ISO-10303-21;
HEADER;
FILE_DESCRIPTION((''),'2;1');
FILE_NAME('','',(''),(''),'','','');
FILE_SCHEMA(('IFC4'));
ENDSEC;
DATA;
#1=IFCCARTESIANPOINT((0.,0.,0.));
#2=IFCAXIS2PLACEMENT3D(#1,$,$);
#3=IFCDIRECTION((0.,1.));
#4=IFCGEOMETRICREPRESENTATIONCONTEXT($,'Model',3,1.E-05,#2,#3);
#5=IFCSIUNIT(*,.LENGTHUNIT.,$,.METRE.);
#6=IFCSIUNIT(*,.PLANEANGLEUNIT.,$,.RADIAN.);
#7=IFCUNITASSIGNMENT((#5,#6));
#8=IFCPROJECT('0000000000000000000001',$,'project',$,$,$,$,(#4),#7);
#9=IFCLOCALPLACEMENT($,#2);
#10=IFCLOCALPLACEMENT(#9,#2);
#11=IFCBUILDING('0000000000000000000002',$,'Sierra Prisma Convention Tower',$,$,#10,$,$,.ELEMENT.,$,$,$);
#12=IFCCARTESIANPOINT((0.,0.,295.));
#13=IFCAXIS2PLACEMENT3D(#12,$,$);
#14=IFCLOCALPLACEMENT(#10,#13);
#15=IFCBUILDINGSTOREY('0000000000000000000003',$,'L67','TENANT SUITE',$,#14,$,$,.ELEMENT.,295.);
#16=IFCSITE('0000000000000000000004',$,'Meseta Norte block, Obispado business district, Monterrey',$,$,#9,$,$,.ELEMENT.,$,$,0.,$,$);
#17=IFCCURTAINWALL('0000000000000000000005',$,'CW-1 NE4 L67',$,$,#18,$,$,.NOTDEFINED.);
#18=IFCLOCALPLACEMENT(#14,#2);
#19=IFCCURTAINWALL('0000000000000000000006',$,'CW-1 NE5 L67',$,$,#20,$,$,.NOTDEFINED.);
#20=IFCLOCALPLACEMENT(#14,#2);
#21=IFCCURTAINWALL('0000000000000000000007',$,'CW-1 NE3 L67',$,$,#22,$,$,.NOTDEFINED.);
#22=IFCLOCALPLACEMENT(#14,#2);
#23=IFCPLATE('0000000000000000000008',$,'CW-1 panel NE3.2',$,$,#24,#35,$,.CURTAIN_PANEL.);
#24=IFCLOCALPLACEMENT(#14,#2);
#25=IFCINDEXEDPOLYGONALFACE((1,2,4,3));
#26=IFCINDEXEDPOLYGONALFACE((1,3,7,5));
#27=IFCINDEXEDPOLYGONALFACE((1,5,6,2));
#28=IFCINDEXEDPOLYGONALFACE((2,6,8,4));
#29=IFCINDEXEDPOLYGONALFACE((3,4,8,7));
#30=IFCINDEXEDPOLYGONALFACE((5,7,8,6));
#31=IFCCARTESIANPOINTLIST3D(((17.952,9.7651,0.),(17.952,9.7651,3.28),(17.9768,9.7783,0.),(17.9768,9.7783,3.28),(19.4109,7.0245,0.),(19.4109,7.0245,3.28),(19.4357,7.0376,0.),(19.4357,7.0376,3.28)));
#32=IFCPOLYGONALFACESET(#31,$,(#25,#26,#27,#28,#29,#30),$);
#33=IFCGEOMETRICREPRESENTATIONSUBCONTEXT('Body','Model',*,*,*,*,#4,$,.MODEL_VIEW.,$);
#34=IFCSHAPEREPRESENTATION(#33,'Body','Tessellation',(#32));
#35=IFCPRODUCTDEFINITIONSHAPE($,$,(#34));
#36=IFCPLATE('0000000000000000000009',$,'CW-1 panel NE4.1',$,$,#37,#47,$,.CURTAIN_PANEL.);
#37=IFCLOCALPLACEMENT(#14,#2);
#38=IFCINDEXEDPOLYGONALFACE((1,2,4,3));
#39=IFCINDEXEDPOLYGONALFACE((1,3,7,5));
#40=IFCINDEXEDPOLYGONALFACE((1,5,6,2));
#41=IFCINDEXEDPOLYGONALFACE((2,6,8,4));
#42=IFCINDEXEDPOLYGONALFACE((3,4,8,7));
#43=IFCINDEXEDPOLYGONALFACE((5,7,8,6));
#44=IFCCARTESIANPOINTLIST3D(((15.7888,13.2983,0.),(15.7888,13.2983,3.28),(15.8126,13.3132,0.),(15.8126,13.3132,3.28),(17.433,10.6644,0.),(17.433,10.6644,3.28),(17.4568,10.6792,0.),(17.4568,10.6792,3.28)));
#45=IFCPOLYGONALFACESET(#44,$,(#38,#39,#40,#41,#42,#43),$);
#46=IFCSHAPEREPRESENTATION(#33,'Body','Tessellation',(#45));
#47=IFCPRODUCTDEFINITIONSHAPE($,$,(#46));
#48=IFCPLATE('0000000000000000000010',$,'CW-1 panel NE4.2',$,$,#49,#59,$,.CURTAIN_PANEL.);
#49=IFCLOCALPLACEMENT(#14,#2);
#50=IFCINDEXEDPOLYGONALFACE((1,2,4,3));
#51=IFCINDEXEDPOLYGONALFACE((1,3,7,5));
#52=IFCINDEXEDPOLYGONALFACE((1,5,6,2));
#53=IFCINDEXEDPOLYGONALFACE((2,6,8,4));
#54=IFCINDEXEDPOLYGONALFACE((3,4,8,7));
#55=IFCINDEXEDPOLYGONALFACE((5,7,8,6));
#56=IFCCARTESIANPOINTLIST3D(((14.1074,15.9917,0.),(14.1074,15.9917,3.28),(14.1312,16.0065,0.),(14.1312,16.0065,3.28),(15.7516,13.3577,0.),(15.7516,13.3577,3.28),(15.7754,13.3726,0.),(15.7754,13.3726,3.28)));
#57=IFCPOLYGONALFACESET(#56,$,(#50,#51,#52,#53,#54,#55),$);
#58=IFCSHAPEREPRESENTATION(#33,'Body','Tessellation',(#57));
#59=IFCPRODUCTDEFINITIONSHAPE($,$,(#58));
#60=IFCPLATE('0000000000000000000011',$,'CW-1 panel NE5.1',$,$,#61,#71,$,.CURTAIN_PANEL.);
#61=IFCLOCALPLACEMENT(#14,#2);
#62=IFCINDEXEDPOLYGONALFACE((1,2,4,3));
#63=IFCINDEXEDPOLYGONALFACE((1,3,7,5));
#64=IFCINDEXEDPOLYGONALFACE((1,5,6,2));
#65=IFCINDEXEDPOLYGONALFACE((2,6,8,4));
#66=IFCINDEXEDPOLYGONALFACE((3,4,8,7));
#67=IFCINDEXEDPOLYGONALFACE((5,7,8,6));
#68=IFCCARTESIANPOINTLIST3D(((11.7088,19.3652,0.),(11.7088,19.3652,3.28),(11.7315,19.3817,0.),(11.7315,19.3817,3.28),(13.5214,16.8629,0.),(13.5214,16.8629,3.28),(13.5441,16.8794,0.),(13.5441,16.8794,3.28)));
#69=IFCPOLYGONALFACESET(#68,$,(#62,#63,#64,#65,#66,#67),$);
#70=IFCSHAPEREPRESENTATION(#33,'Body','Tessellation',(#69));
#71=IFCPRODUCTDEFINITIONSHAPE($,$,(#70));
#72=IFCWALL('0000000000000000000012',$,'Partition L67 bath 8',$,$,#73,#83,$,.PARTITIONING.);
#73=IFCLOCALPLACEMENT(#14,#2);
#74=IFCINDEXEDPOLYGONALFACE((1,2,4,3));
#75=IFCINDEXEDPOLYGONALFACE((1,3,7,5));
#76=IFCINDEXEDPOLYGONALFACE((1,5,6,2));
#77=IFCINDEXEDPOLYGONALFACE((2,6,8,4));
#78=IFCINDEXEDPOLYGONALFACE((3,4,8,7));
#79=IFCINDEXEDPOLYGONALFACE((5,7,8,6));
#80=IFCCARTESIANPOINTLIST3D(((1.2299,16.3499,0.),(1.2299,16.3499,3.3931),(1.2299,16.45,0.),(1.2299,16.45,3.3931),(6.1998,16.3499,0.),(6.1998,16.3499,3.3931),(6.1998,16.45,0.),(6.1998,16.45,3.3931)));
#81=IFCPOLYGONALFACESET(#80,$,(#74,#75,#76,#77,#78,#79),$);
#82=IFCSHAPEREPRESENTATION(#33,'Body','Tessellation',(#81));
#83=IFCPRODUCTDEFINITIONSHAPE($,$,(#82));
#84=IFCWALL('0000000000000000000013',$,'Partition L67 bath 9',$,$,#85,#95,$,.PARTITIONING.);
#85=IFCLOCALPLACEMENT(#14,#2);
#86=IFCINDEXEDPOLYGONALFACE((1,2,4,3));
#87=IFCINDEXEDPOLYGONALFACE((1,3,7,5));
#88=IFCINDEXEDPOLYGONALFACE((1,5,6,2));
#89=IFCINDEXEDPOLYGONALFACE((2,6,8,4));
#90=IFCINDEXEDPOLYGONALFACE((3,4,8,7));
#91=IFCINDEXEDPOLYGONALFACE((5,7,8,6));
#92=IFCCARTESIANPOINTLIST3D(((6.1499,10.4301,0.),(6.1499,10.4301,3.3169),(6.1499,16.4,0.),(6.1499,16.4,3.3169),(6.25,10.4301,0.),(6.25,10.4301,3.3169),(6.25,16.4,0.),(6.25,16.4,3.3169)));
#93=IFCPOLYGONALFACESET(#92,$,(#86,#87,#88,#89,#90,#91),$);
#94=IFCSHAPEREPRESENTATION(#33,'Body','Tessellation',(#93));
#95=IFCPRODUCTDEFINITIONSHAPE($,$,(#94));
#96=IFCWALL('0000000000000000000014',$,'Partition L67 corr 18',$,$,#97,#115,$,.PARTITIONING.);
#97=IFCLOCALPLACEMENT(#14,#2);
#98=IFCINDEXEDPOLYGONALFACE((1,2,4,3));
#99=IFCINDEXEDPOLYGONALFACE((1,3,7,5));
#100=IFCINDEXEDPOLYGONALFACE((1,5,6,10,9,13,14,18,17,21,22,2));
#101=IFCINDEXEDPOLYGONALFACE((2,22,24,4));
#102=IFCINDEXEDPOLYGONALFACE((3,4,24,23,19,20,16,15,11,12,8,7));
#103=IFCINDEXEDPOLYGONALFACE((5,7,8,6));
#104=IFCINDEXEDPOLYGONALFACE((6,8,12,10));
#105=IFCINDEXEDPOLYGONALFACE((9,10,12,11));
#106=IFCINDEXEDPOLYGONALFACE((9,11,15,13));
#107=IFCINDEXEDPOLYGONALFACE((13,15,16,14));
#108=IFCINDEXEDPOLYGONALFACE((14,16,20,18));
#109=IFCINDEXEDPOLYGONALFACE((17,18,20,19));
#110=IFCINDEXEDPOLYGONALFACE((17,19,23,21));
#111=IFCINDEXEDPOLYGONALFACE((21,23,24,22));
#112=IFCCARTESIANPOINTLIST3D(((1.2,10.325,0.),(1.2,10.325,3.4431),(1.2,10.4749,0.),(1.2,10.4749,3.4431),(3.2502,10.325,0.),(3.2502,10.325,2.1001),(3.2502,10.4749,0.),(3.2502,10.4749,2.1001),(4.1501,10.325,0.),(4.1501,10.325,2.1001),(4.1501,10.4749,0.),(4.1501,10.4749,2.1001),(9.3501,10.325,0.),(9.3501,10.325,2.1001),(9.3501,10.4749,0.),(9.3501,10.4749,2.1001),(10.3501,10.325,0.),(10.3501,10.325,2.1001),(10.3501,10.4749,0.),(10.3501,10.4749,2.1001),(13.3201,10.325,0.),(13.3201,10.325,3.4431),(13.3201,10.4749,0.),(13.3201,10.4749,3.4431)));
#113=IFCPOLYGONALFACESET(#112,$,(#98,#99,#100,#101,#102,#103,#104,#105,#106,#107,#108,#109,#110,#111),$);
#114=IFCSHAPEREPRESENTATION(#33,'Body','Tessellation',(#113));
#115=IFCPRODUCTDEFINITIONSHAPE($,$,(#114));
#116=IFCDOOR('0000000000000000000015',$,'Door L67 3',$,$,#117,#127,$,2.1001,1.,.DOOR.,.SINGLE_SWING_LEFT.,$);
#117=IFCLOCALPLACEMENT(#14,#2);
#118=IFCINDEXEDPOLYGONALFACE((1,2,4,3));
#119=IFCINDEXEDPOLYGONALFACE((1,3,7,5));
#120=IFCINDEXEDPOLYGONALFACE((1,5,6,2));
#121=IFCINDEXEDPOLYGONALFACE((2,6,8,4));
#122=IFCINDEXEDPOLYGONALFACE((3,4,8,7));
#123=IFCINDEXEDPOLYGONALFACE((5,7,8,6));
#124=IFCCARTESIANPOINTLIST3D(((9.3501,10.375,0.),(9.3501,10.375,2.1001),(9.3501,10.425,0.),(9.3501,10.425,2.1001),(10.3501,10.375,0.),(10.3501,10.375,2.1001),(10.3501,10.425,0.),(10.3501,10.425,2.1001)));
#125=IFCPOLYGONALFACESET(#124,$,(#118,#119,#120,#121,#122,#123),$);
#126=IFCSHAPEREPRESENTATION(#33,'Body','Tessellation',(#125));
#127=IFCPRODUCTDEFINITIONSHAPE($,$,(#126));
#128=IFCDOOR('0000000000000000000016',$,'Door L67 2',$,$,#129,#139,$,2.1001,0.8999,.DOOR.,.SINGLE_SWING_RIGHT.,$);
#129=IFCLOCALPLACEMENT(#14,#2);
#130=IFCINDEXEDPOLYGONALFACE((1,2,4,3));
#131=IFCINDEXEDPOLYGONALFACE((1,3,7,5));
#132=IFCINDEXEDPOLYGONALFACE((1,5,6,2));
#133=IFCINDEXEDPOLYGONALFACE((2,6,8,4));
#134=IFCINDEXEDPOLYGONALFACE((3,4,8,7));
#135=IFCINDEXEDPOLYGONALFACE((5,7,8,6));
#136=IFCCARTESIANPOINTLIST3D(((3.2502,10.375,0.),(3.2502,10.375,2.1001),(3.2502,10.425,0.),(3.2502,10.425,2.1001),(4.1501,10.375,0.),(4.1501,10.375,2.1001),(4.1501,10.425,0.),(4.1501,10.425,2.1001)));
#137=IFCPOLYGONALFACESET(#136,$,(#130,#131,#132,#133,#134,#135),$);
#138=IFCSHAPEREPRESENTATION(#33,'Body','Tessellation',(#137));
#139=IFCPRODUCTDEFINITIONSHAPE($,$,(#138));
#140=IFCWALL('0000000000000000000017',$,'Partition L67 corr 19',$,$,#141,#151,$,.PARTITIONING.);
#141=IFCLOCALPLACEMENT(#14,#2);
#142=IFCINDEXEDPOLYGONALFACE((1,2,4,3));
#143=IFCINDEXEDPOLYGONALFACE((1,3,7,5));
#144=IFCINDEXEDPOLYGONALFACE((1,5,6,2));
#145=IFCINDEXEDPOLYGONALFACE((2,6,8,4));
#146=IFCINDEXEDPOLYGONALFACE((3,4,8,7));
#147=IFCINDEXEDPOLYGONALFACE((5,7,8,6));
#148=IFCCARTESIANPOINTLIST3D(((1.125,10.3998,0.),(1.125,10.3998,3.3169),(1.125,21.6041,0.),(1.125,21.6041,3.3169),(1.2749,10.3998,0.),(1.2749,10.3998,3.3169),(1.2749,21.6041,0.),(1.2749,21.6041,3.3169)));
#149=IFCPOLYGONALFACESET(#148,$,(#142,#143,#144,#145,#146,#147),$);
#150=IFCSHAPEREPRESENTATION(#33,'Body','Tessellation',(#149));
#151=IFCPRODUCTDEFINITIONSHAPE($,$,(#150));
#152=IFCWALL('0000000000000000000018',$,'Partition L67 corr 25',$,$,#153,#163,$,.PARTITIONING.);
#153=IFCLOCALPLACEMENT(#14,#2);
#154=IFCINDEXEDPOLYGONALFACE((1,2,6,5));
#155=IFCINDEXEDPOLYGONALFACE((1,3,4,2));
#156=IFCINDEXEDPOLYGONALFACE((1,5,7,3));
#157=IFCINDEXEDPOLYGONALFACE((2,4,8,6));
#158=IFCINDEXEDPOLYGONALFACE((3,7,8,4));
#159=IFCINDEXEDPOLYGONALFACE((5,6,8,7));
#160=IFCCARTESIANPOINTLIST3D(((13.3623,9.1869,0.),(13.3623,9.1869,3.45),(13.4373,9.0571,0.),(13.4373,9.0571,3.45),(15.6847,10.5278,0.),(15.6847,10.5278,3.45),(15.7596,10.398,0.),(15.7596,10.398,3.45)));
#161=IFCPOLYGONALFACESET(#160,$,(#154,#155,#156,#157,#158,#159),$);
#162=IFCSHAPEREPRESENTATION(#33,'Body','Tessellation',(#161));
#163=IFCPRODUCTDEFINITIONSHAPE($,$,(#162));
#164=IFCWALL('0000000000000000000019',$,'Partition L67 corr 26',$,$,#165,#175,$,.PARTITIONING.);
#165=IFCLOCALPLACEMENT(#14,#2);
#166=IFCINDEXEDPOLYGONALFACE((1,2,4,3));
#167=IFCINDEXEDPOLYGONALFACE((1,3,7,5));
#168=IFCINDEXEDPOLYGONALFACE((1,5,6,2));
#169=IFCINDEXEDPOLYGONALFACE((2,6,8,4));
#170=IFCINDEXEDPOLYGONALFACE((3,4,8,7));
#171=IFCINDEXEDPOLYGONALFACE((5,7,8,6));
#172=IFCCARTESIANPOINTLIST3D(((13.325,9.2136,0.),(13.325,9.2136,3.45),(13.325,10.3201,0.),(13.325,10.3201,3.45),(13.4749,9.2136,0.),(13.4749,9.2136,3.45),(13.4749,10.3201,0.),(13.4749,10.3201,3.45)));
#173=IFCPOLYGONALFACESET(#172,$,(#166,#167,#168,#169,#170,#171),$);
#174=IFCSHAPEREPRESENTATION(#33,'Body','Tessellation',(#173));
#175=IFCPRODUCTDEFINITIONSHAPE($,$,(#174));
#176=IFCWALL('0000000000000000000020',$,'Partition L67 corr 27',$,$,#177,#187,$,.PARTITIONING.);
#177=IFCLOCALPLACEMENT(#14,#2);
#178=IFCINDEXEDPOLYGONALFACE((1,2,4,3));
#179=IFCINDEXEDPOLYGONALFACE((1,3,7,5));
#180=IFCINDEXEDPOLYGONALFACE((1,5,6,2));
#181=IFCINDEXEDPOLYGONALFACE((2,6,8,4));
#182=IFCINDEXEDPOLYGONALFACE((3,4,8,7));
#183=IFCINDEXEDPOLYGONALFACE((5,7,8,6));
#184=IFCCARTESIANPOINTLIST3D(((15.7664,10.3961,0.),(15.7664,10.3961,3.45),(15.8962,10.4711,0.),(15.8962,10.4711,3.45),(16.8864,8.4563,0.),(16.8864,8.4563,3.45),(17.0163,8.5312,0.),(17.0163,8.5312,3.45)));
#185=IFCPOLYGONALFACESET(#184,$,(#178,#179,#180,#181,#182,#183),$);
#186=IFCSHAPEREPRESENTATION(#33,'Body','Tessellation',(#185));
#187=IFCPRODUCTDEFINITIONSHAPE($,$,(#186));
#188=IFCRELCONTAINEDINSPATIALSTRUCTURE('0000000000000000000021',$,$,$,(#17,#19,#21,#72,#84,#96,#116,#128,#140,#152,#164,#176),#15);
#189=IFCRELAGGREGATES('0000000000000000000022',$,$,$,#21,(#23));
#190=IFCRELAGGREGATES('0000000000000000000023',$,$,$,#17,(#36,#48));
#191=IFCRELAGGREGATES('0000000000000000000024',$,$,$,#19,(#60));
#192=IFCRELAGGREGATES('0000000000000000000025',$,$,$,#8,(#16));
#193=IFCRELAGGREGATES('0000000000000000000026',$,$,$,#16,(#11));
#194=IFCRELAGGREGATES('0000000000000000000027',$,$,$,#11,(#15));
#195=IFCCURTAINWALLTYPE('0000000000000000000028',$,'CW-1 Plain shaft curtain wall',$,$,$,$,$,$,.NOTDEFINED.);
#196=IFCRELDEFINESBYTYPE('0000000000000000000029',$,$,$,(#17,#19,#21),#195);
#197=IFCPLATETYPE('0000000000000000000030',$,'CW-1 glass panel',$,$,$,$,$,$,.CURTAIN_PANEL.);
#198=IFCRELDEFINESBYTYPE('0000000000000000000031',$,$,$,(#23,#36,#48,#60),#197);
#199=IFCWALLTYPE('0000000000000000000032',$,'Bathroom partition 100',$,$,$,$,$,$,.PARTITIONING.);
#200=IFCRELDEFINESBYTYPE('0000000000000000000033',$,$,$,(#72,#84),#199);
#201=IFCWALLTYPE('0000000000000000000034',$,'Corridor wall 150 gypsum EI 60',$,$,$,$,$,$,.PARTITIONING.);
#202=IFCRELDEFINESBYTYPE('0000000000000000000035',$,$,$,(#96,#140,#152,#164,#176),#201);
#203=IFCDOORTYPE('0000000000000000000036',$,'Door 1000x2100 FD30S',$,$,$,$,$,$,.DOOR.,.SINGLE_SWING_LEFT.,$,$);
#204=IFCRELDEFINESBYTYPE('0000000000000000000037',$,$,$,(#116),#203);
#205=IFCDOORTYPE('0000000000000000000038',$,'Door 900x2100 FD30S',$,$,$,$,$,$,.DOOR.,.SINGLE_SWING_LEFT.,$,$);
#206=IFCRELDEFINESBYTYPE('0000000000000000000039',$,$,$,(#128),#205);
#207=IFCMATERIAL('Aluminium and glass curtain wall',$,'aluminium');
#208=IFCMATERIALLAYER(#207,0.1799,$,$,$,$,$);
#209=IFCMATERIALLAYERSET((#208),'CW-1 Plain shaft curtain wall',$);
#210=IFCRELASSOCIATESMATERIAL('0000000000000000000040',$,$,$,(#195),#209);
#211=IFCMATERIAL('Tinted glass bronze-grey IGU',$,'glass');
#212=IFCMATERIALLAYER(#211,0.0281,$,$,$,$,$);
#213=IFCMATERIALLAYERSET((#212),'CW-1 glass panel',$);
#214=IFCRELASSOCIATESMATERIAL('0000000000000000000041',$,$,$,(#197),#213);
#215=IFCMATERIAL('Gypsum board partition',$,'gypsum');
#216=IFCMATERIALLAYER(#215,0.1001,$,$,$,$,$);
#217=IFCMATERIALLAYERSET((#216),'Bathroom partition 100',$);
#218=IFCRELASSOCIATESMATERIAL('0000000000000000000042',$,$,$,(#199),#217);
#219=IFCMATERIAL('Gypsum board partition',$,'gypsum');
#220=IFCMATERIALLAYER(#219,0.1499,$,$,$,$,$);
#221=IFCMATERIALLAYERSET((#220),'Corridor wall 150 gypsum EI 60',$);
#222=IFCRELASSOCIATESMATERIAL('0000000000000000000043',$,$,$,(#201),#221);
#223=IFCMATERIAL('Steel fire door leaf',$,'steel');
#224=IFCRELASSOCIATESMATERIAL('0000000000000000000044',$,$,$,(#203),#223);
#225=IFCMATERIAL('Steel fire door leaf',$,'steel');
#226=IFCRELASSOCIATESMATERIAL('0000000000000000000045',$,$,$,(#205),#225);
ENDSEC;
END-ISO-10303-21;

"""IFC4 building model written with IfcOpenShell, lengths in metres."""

from ifc_helpers import new_model, si_unit, direction, frame, frame_2d, origin, origin_2d, place, context, subcontext, project, spatial, rectangle, extrude, material, layer, layer_set, type_object, element, fill, aggregate, save


model = new_model("IFC4")

# Units and contexts
model_context = context("Model", 3, precision=1e-05, world=origin(), true_north=direction((0.0, 1.0)))
body_context = subcontext(model_context, "Body", "Model", "MODEL_VIEW")
ifc_project = project(units=[si_unit("LENGTHUNIT", "METRE"), si_unit("PLANEANGLEUNIT", "RADIAN")], contexts=[model_context])

# Site, building, storey
site_placement = place(None, origin())
site = spatial("IfcSite", under=ifc_project, at=site_placement, Name="Meseta Norte block, Obispado business district, Monterrey", CompositionType="ELEMENT", RefElevation=0.0)
building_placement = place(site_placement, origin())
building = spatial("IfcBuilding", under=site, at=building_placement, Name="Sierra Prisma Convention Tower", CompositionType="ELEMENT")
storey_placement = place(building_placement, frame((0.0, 0.0, 295.0)))
storey = spatial("IfcBuildingStorey", under=building, at=storey_placement, Name="L67", Description="TENANT SUITE", CompositionType="ELEMENT", Elevation=295.0)

# Curtain wall
ifc_material_1 = material(Name="Aluminium and glass curtain wall", Category="aluminium")
ifc_layer_1 = layer(ifc_material_1, 0.1799)
ifc_layer_set_1 = layer_set([ifc_layer_1], Name="CW-1 Plain shaft curtain wall")
curtain_wall_type = type_object("IfcCurtainWallType", Name="CW-1 Plain shaft curtain wall", PredefinedType="NOTDEFINED", material=ifc_layer_set_1)
curtain_wall_1_placement = place(storey_placement, origin())
curtain_wall_1 = element("IfcCurtainWall", 1, at=curtain_wall_1_placement, inside=storey, type_object=curtain_wall_type, Name="CW-1 NE4 L67", PredefinedType="NOTDEFINED")

# Curtain wall
curtain_wall_2_placement = place(storey_placement, origin())
curtain_wall_2 = element("IfcCurtainWall", 2, at=curtain_wall_2_placement, inside=storey, type_object=curtain_wall_type, Name="CW-1 NE5 L67", PredefinedType="NOTDEFINED")

# Curtain wall, plate
curtain_wall_3_placement = place(storey_placement, origin())
curtain_wall_3 = element("IfcCurtainWall", 3, at=curtain_wall_3_placement, inside=storey, type_object=curtain_wall_type, Name="CW-1 NE3 L67", PredefinedType="NOTDEFINED")
ifc_material_2 = material(Name="Tinted glass bronze-grey IGU", Category="glass")
ifc_layer_2 = layer(ifc_material_2, 0.0281)
ifc_layer_set_2 = layer_set([ifc_layer_2], Name="CW-1 glass panel")
plate_type = type_object("IfcPlateType", Name="CW-1 glass panel", PredefinedType="CURTAIN_PANEL", material=ifc_layer_set_2)
plate_1_placement = place(storey_placement, frame((18.6938, 8.4014, 0.0), z_axis=(0.0, 0.0, 1.0), x_axis=(-0.469888, 0.882726, 0.0)))
plate_1 = element("IfcPlate", 4, at=plate_1_placement, type_object=plate_type, Name="CW-1 panel NE3.2", PredefinedType="CURTAIN_PANEL", context=body_context, shape_type="SweptSolid", body=[
    extrude(rectangle(XDim=3.1047, YDim=0.0281, at=origin_2d()), origin(), (0.0, 0.0, 1.0), 3.28),
])
aggregate(curtain_wall_3, [plate_1])

# Plates
plate_2_placement = place(storey_placement, frame((16.6228, 11.9888, 0.0), z_axis=(0.0, 0.0, 1.0), x_axis=(-0.529519, 0.848298, 0.0)))
plate_2 = element("IfcPlate", 5, at=plate_2_placement, type_object=plate_type, Name="CW-1 panel NE4.1", PredefinedType="CURTAIN_PANEL", context=body_context, shape_type="SweptSolid", body=[
    extrude(rectangle(XDim=3.105, YDim=0.0281, at=origin_2d()), origin(), (0.0, 0.0, 1.0), 3.28),
])
plate_3_placement = place(storey_placement, frame((14.9414, 14.6821, 0.0), z_axis=(0.0, 0.0, 1.0), x_axis=(-0.529519, 0.848298, 0.0)))
plate_3 = element("IfcPlate", 6, at=plate_3_placement, type_object=plate_type, Name="CW-1 panel NE4.2", PredefinedType="CURTAIN_PANEL", context=body_context, shape_type="SweptSolid", body=[
    extrude(rectangle(XDim=3.105, YDim=0.0281, at=origin_2d()), origin(), (0.0, 0.0, 1.0), 3.28),
])
aggregate(curtain_wall_1, [plate_2, plate_3])
plate_4_placement = place(storey_placement, frame((12.6265, 18.1223, 0.0), z_axis=(0.0, 0.0, 1.0), x_axis=(-0.58664, 0.809848, 0.0)))
plate_4 = element("IfcPlate", 7, at=plate_4_placement, type_object=plate_type, Name="CW-1 panel NE5.1", PredefinedType="CURTAIN_PANEL", context=body_context, shape_type="SweptSolid", body=[
    extrude(rectangle(XDim=3.0898, YDim=0.0281, at=origin_2d()), origin(), (0.0, 0.0, 1.0), 3.28),
])
aggregate(curtain_wall_2, [plate_4])

# Walls
ifc_material_3 = material(Name="Gypsum board partition", Category="gypsum")
ifc_layer_3 = layer(ifc_material_3, 0.1001)
ifc_layer_set_3 = layer_set([ifc_layer_3], Name="Bathroom partition 100")
wall_type_1 = type_object("IfcWallType", Name="Bathroom partition 100", PredefinedType="PARTITIONING", material=ifc_layer_set_3)
wall_1_placement = place(storey_placement, frame((1.23, 16.3999, 0.0), z_axis=(0.0, 0.0, 1.0), x_axis=(1.0, 0.0, 0.0)))
element("IfcWall", 8, at=wall_1_placement, inside=storey, type_object=wall_type_1, Name="Partition L67 bath 8", PredefinedType="PARTITIONING", context=body_context, shape_type="SweptSolid", body=[
    extrude(rectangle(XDim=4.97, YDim=0.1001, at=frame_2d((2.4849, 0.0))), origin(), (0.0, 0.0, 1.0), 3.3931),
])
wall_2_placement = place(storey_placement, frame((6.2, 16.3999, 0.0), z_axis=(0.0, 0.0, 1.0), x_axis=(0.0, -1.0, 0.0)))
element("IfcWall", 9, at=wall_2_placement, inside=storey, type_object=wall_type_1, Name="Partition L67 bath 9", PredefinedType="PARTITIONING", context=body_context, shape_type="SweptSolid", body=[
    extrude(rectangle(XDim=5.97, YDim=0.1001, at=frame_2d((2.9849, 0.0))), origin(), (0.0, 0.0, 1.0), 3.3169),
])

# Wall, openings, doors
ifc_material_4 = material(Name="Gypsum board partition", Category="gypsum")
ifc_layer_4 = layer(ifc_material_4, 0.1499)
ifc_layer_set_4 = layer_set([ifc_layer_4], Name="Corridor wall 150 gypsum EI 60")
wall_type_2 = type_object("IfcWallType", Name="Corridor wall 150 gypsum EI 60", PredefinedType="PARTITIONING", material=ifc_layer_set_4)
wall_3_placement = place(storey_placement, frame((13.3201, 10.3999, 0.0), z_axis=(0.0, 0.0, 1.0), x_axis=(-1.0, 0.0, 0.0)))
wall_3 = element("IfcWall", 10, at=wall_3_placement, inside=storey, type_object=wall_type_2, Name="Partition L67 corr 18", PredefinedType="PARTITIONING", context=body_context, shape_type="SweptSolid", body=[
    extrude(rectangle(XDim=12.1201, YDim=0.1499, at=frame_2d((6.0601, 0.0))), origin(), (0.0, 0.0, 1.0), 3.4431),
])
opening_1_placement = place(wall_3_placement, frame((9.1699, 0.0, 0.0)))
opening_1 = element("IfcOpeningElement", 11, at=opening_1_placement, cuts=wall_3, PredefinedType="OPENING", context=body_context, shape_type="SweptSolid", body=[
    extrude(rectangle(XDim=0.8999, YDim=2.1001, at=frame_2d((0.45, 1.05))), frame((0.0, 0.075, 0.0), z_axis=(0.0, -1.0, 0.0), x_axis=(1.0, 0.0, 0.0)), (0.0, 0.0, 1.0), 0.1499),
])
opening_2_placement = place(wall_3_placement, frame((2.97, 0.0, 0.0)))
opening_2 = element("IfcOpeningElement", 12, at=opening_2_placement, cuts=wall_3, PredefinedType="OPENING", context=body_context, shape_type="SweptSolid", body=[
    extrude(rectangle(XDim=1.0, YDim=2.1001, at=frame_2d((0.5, 1.05))), frame((0.0, 0.075, 0.0), z_axis=(0.0, -1.0, 0.0), x_axis=(1.0, 0.0, 0.0)), (0.0, 0.0, 1.0), 0.1499),
])
ifc_material_5 = material(Name="Steel fire door leaf", Category="steel")
door_type_1 = type_object("IfcDoorType", Name="Door 1000x2100 FD30S", OperationType="SINGLE_SWING_LEFT", PredefinedType="DOOR", material=ifc_material_5)
door_1_placement = place(opening_2_placement, origin())
door_1 = element("IfcDoor", 13, at=door_1_placement, inside=storey, type_object=door_type_1, Name="Door L67 3", OperationType="SINGLE_SWING_LEFT", OverallHeight=2.1001, OverallWidth=1.0, PredefinedType="DOOR", context=body_context, shape_type="SweptSolid", body=[
    extrude(rectangle(XDim=1.0, YDim=2.1001, at=frame_2d((0.5, 1.05))), frame((0.0, 0.0249, 0.0), z_axis=(0.0, -1.0, 0.0), x_axis=(1.0, 0.0, 0.0)), (0.0, 0.0, 1.0), 0.05),
])
fill(opening_2, door_1)
ifc_material_6 = material(Name="Steel fire door leaf", Category="steel")
door_type_2 = type_object("IfcDoorType", Name="Door 900x2100 FD30S", OperationType="SINGLE_SWING_LEFT", PredefinedType="DOOR", material=ifc_material_6)
door_2_placement = place(opening_1_placement, origin())
door_2 = element("IfcDoor", 14, at=door_2_placement, inside=storey, type_object=door_type_2, Name="Door L67 2", OperationType="SINGLE_SWING_RIGHT", OverallHeight=2.1001, OverallWidth=0.8999, PredefinedType="DOOR", context=body_context, shape_type="SweptSolid", body=[
    extrude(rectangle(XDim=0.8999, YDim=2.1001, at=frame_2d((0.45, 1.05))), frame((0.0, 0.0249, 0.0), z_axis=(0.0, -1.0, 0.0), x_axis=(1.0, 0.0, 0.0)), (0.0, 0.0, 1.0), 0.05),
])
fill(opening_1, door_2)

# Walls
wall_4_placement = place(storey_placement, frame((1.2, 10.3999, 0.0), z_axis=(0.0, 0.0, 1.0), x_axis=(0.0, 1.0, 0.0)))
element("IfcWall", 15, at=wall_4_placement, inside=storey, type_object=wall_type_2, Name="Partition L67 corr 19", PredefinedType="PARTITIONING", context=body_context, shape_type="SweptSolid", body=[
    extrude(rectangle(XDim=11.2043, YDim=0.1499, at=frame_2d((5.6021, 0.0))), origin(), (0.0, 0.0, 1.0), 3.3169),
])
wall_5_placement = place(storey_placement, frame((15.7222, 10.4629, 0.0), z_axis=(0.0, 0.0, 1.0), x_axis=(-0.866016, -0.500017, 0.0)))
element("IfcWall", 16, at=wall_5_placement, inside=storey, type_object=wall_type_2, Name="Partition L67 corr 25", PredefinedType="PARTITIONING", context=body_context, shape_type="SweptSolid", body=[
    extrude(rectangle(XDim=2.6816, YDim=0.1499, at=frame_2d((1.3408, 0.0))), origin(), (0.0, 0.0, 1.0), 3.45),
])
wall_6_placement = place(storey_placement, frame((13.3999, 9.2136, 0.0), z_axis=(0.0, 0.0, 1.0), x_axis=(0.0, 1.0, 0.0)))
element("IfcWall", 17, at=wall_6_placement, inside=storey, type_object=wall_type_2, Name="Partition L67 corr 26", PredefinedType="PARTITIONING", context=body_context, shape_type="SweptSolid", body=[
    extrude(rectangle(XDim=1.1064, YDim=0.1499, at=frame_2d((0.5532, 0.0))), origin(), (0.0, 0.0, 1.0), 3.45),
])
wall_7_placement = place(storey_placement, frame((16.9514, 8.4937, 0.0), z_axis=(0.0, 0.0, 1.0), x_axis=(-0.500031, 0.866008, 0.0)))
element("IfcWall", 18, at=wall_7_placement, inside=storey, type_object=wall_type_2, Name="Partition L67 corr 27", PredefinedType="PARTITIONING", context=body_context, shape_type="SweptSolid", body=[
    extrude(rectangle(XDim=2.24, YDim=0.1499, at=frame_2d((1.1201, 0.0))), origin(), (0.0, 0.0, 1.0), 3.45),
])

save(model, "model.ifc")
